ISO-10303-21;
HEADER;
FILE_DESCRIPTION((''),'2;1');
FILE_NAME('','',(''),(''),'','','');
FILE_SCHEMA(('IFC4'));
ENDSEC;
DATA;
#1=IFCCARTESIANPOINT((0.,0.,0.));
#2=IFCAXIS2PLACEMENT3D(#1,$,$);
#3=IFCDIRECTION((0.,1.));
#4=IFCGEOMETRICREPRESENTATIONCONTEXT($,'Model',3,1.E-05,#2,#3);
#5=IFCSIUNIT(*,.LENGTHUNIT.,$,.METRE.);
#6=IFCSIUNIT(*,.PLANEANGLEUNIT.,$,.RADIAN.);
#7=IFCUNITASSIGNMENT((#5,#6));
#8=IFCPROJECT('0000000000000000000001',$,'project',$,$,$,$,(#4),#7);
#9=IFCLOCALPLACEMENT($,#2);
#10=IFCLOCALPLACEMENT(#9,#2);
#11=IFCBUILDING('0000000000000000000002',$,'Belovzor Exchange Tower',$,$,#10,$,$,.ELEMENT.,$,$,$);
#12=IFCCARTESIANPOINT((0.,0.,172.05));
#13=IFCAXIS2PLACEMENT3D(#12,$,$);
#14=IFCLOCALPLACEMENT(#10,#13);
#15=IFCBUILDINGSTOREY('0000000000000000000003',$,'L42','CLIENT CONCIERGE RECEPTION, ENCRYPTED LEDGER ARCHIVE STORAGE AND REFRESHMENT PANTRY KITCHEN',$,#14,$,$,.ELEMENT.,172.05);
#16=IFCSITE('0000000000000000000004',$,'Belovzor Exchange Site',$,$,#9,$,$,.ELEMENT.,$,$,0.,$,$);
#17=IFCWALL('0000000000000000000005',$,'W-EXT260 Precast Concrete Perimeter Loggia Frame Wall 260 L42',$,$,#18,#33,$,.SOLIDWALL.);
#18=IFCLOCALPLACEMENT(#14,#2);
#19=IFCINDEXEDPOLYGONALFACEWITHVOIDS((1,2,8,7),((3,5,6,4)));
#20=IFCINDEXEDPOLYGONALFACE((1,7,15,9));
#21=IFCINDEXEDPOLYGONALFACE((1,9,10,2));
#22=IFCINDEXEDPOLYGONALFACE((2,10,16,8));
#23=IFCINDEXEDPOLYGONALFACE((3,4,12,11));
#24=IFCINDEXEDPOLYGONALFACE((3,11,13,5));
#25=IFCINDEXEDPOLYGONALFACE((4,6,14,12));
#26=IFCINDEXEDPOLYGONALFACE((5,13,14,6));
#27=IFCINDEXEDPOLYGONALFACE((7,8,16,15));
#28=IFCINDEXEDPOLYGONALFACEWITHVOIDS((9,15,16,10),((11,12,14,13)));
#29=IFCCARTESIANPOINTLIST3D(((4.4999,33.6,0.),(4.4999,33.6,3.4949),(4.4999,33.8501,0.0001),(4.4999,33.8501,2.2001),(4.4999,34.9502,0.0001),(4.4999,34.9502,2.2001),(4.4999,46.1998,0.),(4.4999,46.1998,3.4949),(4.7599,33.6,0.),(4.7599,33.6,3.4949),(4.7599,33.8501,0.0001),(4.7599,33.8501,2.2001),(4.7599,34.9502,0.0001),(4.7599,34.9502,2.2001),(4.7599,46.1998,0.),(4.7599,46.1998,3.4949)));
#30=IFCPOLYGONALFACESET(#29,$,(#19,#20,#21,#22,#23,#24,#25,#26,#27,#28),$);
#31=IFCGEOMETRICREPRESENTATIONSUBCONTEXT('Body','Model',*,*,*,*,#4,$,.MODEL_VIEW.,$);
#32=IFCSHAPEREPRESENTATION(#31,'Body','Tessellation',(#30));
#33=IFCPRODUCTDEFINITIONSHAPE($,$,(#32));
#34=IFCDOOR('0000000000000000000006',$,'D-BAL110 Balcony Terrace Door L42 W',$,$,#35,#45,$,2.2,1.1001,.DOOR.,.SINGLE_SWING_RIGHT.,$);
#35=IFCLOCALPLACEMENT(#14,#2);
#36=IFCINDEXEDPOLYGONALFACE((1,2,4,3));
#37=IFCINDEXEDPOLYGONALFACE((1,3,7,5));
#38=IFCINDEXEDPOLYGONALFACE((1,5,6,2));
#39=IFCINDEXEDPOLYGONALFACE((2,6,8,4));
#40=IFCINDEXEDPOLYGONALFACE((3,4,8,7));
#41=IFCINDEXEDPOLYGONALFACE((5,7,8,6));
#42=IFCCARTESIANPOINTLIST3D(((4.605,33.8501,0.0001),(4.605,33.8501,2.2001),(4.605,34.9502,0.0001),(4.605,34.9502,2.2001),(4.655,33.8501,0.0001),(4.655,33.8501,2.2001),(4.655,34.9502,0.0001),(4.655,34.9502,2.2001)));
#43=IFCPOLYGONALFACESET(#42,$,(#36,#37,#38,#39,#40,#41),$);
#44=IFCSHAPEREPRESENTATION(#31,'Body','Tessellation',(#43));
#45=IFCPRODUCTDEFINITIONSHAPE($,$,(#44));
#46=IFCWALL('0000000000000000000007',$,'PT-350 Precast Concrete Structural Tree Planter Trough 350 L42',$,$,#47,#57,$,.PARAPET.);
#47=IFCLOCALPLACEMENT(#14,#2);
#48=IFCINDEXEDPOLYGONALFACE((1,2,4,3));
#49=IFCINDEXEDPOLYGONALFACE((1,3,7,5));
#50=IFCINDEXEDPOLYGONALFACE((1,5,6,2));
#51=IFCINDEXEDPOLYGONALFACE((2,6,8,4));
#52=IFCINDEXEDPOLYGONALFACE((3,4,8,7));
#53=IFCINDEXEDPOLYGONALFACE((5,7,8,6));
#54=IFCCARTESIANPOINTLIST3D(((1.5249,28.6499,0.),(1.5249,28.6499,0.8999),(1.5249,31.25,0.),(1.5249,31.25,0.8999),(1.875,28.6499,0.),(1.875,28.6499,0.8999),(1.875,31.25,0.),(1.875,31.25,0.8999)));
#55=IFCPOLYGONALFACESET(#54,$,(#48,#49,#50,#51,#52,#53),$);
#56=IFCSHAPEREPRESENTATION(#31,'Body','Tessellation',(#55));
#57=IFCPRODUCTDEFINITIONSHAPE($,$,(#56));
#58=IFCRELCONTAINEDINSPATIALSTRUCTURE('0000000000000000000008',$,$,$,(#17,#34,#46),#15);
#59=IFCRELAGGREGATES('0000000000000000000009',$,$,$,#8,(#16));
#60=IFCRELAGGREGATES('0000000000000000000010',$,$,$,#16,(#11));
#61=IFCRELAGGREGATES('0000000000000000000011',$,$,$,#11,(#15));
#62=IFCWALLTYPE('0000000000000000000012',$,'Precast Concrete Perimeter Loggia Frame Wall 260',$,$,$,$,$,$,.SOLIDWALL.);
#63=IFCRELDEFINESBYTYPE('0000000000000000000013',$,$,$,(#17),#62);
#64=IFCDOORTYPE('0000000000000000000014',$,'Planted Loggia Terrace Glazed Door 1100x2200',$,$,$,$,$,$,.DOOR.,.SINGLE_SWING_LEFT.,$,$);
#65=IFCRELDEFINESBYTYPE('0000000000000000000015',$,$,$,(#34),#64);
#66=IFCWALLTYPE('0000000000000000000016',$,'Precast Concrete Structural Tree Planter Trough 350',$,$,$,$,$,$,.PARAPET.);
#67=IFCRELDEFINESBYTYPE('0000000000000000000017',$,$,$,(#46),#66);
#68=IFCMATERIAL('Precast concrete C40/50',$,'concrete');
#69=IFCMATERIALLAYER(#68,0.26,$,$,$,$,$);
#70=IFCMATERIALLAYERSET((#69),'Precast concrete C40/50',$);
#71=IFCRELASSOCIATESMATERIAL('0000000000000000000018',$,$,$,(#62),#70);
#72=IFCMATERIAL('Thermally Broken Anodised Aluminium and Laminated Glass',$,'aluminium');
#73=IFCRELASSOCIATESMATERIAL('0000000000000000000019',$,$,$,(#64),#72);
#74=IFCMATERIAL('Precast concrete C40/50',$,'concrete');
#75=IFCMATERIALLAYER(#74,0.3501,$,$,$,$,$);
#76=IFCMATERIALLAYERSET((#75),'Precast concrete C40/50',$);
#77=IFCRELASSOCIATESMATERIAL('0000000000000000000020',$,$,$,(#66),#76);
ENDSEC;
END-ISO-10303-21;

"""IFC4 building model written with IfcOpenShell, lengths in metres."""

from ifc_helpers import new_model, si_unit, direction, frame, frame_2d, origin, place, context, subcontext, project, spatial, rectangle, extrude, material, layer, layer_set, type_object, element, fill, save


model = new_model("IFC4")

# Units and contexts
model_context = context("Model", 3, precision=1e-05, world=origin(), true_north=direction((0.0, 1.0)))
body_context = subcontext(model_context, "Body", "Model", "MODEL_VIEW")
ifc_project = project(units=[si_unit("LENGTHUNIT", "METRE"), si_unit("PLANEANGLEUNIT", "RADIAN")], contexts=[model_context])

# Site, building, storey
site_placement = place(None, origin())
site = spatial("IfcSite", under=ifc_project, at=site_placement, Name="Belovzor Exchange Site", CompositionType="ELEMENT", RefElevation=0.0)
building_placement = place(site_placement, origin())
building = spatial("IfcBuilding", under=site, at=building_placement, Name="Belovzor Exchange Tower", CompositionType="ELEMENT")
storey_placement = place(building_placement, frame((0.0, 0.0, 172.05)))
storey = spatial("IfcBuildingStorey", under=building, at=storey_placement, Name="L42", Description="CLIENT CONCIERGE RECEPTION, ENCRYPTED LEDGER ARCHIVE STORAGE AND REFRESHMENT PANTRY KITCHEN", CompositionType="ELEMENT", Elevation=172.05)

# Wall, opening, door
ifc_material_1 = material(Name="Precast concrete C40/50", Category="concrete")
ifc_layer_1 = layer(ifc_material_1, 0.26)
ifc_layer_set_1 = layer_set([ifc_layer_1], Name="Precast concrete C40/50")
wall_type_1 = type_object("IfcWallType", Name="Precast Concrete Perimeter Loggia Frame Wall 260", PredefinedType="SOLIDWALL", material=ifc_layer_set_1)
wall_1_placement = place(storey_placement, frame((4.6299, 33.6001, 0.0), z_axis=(0.0, 0.0, 1.0), x_axis=(0.0, 1.0, 0.0)))
wall_1 = element("IfcWall", 1, at=wall_1_placement, inside=storey, type_object=wall_type_1, Name="W-EXT260 Precast Concrete Perimeter Loggia Frame Wall 260 L42", PredefinedType="SOLIDWALL", context=body_context, shape_type="SweptSolid", body=[
    extrude(rectangle(XDim=12.5999, YDim=0.26, at=frame_2d((6.2998, 0.0))), origin(), (0.0, 0.0, 1.0), 3.4949),
])
opening_1_placement = place(wall_1_placement, frame((0.25, 0.0, 0.0)))
opening_1 = element("IfcOpeningElement", 2, at=opening_1_placement, cuts=wall_1, PredefinedType="OPENING", context=body_context, shape_type="SweptSolid", body=[
    extrude(rectangle(XDim=1.1001, YDim=2.2, at=frame_2d((0.55, 1.1001))), frame((0.0, 0.1399, 0.0), z_axis=(0.0, -1.0, 0.0), x_axis=(1.0, 0.0, 0.0)), (0.0, 0.0, 1.0), 0.28),
])
ifc_material_2 = material(Name="Thermally Broken Anodised Aluminium and Laminated Glass", Category="aluminium")
door_type_1 = type_object("IfcDoorType", Name="Planted Loggia Terrace Glazed Door 1100x2200", OperationType="SINGLE_SWING_LEFT", PredefinedType="DOOR", material=ifc_material_2)
door_1_placement = place(opening_1_placement, origin())
door_1 = element("IfcDoor", 3, at=door_1_placement, inside=storey, type_object=door_type_1, Name="D-BAL110 Balcony Terrace Door L42 W", OperationType="SINGLE_SWING_RIGHT", OverallHeight=2.2, OverallWidth=1.1001, PredefinedType="DOOR", context=body_context, shape_type="SweptSolid", body=[
    extrude(rectangle(XDim=1.1001, YDim=2.2, at=frame_2d((0.55, 1.1001))), frame((0.0, 0.0249, 0.0), z_axis=(0.0, -1.0, 0.0), x_axis=(1.0, 0.0, 0.0)), (0.0, 0.0, 1.0), 0.05),
])
fill(opening_1, door_1)

# Wall
ifc_material_3 = material(Name="Precast concrete C40/50", Category="concrete")
ifc_layer_2 = layer(ifc_material_3, 0.3501)
ifc_layer_set_2 = layer_set([ifc_layer_2], Name="Precast concrete C40/50")
wall_type_2 = type_object("IfcWallType", Name="Precast Concrete Structural Tree Planter Trough 350", PredefinedType="PARAPET", material=ifc_layer_set_2)
wall_2_placement = place(storey_placement, frame((1.7, 28.6499, 0.0), z_axis=(0.0, 0.0, 1.0), x_axis=(0.0, 1.0, 0.0)))
element("IfcWall", 4, at=wall_2_placement, inside=storey, type_object=wall_type_2, Name="PT-350 Precast Concrete Structural Tree Planter Trough 350 L42", PredefinedType="PARAPET", context=body_context, shape_type="SweptSolid", body=[
    extrude(rectangle(XDim=2.6001, YDim=0.3501, at=frame_2d((1.3, 0.0))), origin(), (0.0, 0.0, 1.0), 0.8999),
])

save(model, "model.ifc")
